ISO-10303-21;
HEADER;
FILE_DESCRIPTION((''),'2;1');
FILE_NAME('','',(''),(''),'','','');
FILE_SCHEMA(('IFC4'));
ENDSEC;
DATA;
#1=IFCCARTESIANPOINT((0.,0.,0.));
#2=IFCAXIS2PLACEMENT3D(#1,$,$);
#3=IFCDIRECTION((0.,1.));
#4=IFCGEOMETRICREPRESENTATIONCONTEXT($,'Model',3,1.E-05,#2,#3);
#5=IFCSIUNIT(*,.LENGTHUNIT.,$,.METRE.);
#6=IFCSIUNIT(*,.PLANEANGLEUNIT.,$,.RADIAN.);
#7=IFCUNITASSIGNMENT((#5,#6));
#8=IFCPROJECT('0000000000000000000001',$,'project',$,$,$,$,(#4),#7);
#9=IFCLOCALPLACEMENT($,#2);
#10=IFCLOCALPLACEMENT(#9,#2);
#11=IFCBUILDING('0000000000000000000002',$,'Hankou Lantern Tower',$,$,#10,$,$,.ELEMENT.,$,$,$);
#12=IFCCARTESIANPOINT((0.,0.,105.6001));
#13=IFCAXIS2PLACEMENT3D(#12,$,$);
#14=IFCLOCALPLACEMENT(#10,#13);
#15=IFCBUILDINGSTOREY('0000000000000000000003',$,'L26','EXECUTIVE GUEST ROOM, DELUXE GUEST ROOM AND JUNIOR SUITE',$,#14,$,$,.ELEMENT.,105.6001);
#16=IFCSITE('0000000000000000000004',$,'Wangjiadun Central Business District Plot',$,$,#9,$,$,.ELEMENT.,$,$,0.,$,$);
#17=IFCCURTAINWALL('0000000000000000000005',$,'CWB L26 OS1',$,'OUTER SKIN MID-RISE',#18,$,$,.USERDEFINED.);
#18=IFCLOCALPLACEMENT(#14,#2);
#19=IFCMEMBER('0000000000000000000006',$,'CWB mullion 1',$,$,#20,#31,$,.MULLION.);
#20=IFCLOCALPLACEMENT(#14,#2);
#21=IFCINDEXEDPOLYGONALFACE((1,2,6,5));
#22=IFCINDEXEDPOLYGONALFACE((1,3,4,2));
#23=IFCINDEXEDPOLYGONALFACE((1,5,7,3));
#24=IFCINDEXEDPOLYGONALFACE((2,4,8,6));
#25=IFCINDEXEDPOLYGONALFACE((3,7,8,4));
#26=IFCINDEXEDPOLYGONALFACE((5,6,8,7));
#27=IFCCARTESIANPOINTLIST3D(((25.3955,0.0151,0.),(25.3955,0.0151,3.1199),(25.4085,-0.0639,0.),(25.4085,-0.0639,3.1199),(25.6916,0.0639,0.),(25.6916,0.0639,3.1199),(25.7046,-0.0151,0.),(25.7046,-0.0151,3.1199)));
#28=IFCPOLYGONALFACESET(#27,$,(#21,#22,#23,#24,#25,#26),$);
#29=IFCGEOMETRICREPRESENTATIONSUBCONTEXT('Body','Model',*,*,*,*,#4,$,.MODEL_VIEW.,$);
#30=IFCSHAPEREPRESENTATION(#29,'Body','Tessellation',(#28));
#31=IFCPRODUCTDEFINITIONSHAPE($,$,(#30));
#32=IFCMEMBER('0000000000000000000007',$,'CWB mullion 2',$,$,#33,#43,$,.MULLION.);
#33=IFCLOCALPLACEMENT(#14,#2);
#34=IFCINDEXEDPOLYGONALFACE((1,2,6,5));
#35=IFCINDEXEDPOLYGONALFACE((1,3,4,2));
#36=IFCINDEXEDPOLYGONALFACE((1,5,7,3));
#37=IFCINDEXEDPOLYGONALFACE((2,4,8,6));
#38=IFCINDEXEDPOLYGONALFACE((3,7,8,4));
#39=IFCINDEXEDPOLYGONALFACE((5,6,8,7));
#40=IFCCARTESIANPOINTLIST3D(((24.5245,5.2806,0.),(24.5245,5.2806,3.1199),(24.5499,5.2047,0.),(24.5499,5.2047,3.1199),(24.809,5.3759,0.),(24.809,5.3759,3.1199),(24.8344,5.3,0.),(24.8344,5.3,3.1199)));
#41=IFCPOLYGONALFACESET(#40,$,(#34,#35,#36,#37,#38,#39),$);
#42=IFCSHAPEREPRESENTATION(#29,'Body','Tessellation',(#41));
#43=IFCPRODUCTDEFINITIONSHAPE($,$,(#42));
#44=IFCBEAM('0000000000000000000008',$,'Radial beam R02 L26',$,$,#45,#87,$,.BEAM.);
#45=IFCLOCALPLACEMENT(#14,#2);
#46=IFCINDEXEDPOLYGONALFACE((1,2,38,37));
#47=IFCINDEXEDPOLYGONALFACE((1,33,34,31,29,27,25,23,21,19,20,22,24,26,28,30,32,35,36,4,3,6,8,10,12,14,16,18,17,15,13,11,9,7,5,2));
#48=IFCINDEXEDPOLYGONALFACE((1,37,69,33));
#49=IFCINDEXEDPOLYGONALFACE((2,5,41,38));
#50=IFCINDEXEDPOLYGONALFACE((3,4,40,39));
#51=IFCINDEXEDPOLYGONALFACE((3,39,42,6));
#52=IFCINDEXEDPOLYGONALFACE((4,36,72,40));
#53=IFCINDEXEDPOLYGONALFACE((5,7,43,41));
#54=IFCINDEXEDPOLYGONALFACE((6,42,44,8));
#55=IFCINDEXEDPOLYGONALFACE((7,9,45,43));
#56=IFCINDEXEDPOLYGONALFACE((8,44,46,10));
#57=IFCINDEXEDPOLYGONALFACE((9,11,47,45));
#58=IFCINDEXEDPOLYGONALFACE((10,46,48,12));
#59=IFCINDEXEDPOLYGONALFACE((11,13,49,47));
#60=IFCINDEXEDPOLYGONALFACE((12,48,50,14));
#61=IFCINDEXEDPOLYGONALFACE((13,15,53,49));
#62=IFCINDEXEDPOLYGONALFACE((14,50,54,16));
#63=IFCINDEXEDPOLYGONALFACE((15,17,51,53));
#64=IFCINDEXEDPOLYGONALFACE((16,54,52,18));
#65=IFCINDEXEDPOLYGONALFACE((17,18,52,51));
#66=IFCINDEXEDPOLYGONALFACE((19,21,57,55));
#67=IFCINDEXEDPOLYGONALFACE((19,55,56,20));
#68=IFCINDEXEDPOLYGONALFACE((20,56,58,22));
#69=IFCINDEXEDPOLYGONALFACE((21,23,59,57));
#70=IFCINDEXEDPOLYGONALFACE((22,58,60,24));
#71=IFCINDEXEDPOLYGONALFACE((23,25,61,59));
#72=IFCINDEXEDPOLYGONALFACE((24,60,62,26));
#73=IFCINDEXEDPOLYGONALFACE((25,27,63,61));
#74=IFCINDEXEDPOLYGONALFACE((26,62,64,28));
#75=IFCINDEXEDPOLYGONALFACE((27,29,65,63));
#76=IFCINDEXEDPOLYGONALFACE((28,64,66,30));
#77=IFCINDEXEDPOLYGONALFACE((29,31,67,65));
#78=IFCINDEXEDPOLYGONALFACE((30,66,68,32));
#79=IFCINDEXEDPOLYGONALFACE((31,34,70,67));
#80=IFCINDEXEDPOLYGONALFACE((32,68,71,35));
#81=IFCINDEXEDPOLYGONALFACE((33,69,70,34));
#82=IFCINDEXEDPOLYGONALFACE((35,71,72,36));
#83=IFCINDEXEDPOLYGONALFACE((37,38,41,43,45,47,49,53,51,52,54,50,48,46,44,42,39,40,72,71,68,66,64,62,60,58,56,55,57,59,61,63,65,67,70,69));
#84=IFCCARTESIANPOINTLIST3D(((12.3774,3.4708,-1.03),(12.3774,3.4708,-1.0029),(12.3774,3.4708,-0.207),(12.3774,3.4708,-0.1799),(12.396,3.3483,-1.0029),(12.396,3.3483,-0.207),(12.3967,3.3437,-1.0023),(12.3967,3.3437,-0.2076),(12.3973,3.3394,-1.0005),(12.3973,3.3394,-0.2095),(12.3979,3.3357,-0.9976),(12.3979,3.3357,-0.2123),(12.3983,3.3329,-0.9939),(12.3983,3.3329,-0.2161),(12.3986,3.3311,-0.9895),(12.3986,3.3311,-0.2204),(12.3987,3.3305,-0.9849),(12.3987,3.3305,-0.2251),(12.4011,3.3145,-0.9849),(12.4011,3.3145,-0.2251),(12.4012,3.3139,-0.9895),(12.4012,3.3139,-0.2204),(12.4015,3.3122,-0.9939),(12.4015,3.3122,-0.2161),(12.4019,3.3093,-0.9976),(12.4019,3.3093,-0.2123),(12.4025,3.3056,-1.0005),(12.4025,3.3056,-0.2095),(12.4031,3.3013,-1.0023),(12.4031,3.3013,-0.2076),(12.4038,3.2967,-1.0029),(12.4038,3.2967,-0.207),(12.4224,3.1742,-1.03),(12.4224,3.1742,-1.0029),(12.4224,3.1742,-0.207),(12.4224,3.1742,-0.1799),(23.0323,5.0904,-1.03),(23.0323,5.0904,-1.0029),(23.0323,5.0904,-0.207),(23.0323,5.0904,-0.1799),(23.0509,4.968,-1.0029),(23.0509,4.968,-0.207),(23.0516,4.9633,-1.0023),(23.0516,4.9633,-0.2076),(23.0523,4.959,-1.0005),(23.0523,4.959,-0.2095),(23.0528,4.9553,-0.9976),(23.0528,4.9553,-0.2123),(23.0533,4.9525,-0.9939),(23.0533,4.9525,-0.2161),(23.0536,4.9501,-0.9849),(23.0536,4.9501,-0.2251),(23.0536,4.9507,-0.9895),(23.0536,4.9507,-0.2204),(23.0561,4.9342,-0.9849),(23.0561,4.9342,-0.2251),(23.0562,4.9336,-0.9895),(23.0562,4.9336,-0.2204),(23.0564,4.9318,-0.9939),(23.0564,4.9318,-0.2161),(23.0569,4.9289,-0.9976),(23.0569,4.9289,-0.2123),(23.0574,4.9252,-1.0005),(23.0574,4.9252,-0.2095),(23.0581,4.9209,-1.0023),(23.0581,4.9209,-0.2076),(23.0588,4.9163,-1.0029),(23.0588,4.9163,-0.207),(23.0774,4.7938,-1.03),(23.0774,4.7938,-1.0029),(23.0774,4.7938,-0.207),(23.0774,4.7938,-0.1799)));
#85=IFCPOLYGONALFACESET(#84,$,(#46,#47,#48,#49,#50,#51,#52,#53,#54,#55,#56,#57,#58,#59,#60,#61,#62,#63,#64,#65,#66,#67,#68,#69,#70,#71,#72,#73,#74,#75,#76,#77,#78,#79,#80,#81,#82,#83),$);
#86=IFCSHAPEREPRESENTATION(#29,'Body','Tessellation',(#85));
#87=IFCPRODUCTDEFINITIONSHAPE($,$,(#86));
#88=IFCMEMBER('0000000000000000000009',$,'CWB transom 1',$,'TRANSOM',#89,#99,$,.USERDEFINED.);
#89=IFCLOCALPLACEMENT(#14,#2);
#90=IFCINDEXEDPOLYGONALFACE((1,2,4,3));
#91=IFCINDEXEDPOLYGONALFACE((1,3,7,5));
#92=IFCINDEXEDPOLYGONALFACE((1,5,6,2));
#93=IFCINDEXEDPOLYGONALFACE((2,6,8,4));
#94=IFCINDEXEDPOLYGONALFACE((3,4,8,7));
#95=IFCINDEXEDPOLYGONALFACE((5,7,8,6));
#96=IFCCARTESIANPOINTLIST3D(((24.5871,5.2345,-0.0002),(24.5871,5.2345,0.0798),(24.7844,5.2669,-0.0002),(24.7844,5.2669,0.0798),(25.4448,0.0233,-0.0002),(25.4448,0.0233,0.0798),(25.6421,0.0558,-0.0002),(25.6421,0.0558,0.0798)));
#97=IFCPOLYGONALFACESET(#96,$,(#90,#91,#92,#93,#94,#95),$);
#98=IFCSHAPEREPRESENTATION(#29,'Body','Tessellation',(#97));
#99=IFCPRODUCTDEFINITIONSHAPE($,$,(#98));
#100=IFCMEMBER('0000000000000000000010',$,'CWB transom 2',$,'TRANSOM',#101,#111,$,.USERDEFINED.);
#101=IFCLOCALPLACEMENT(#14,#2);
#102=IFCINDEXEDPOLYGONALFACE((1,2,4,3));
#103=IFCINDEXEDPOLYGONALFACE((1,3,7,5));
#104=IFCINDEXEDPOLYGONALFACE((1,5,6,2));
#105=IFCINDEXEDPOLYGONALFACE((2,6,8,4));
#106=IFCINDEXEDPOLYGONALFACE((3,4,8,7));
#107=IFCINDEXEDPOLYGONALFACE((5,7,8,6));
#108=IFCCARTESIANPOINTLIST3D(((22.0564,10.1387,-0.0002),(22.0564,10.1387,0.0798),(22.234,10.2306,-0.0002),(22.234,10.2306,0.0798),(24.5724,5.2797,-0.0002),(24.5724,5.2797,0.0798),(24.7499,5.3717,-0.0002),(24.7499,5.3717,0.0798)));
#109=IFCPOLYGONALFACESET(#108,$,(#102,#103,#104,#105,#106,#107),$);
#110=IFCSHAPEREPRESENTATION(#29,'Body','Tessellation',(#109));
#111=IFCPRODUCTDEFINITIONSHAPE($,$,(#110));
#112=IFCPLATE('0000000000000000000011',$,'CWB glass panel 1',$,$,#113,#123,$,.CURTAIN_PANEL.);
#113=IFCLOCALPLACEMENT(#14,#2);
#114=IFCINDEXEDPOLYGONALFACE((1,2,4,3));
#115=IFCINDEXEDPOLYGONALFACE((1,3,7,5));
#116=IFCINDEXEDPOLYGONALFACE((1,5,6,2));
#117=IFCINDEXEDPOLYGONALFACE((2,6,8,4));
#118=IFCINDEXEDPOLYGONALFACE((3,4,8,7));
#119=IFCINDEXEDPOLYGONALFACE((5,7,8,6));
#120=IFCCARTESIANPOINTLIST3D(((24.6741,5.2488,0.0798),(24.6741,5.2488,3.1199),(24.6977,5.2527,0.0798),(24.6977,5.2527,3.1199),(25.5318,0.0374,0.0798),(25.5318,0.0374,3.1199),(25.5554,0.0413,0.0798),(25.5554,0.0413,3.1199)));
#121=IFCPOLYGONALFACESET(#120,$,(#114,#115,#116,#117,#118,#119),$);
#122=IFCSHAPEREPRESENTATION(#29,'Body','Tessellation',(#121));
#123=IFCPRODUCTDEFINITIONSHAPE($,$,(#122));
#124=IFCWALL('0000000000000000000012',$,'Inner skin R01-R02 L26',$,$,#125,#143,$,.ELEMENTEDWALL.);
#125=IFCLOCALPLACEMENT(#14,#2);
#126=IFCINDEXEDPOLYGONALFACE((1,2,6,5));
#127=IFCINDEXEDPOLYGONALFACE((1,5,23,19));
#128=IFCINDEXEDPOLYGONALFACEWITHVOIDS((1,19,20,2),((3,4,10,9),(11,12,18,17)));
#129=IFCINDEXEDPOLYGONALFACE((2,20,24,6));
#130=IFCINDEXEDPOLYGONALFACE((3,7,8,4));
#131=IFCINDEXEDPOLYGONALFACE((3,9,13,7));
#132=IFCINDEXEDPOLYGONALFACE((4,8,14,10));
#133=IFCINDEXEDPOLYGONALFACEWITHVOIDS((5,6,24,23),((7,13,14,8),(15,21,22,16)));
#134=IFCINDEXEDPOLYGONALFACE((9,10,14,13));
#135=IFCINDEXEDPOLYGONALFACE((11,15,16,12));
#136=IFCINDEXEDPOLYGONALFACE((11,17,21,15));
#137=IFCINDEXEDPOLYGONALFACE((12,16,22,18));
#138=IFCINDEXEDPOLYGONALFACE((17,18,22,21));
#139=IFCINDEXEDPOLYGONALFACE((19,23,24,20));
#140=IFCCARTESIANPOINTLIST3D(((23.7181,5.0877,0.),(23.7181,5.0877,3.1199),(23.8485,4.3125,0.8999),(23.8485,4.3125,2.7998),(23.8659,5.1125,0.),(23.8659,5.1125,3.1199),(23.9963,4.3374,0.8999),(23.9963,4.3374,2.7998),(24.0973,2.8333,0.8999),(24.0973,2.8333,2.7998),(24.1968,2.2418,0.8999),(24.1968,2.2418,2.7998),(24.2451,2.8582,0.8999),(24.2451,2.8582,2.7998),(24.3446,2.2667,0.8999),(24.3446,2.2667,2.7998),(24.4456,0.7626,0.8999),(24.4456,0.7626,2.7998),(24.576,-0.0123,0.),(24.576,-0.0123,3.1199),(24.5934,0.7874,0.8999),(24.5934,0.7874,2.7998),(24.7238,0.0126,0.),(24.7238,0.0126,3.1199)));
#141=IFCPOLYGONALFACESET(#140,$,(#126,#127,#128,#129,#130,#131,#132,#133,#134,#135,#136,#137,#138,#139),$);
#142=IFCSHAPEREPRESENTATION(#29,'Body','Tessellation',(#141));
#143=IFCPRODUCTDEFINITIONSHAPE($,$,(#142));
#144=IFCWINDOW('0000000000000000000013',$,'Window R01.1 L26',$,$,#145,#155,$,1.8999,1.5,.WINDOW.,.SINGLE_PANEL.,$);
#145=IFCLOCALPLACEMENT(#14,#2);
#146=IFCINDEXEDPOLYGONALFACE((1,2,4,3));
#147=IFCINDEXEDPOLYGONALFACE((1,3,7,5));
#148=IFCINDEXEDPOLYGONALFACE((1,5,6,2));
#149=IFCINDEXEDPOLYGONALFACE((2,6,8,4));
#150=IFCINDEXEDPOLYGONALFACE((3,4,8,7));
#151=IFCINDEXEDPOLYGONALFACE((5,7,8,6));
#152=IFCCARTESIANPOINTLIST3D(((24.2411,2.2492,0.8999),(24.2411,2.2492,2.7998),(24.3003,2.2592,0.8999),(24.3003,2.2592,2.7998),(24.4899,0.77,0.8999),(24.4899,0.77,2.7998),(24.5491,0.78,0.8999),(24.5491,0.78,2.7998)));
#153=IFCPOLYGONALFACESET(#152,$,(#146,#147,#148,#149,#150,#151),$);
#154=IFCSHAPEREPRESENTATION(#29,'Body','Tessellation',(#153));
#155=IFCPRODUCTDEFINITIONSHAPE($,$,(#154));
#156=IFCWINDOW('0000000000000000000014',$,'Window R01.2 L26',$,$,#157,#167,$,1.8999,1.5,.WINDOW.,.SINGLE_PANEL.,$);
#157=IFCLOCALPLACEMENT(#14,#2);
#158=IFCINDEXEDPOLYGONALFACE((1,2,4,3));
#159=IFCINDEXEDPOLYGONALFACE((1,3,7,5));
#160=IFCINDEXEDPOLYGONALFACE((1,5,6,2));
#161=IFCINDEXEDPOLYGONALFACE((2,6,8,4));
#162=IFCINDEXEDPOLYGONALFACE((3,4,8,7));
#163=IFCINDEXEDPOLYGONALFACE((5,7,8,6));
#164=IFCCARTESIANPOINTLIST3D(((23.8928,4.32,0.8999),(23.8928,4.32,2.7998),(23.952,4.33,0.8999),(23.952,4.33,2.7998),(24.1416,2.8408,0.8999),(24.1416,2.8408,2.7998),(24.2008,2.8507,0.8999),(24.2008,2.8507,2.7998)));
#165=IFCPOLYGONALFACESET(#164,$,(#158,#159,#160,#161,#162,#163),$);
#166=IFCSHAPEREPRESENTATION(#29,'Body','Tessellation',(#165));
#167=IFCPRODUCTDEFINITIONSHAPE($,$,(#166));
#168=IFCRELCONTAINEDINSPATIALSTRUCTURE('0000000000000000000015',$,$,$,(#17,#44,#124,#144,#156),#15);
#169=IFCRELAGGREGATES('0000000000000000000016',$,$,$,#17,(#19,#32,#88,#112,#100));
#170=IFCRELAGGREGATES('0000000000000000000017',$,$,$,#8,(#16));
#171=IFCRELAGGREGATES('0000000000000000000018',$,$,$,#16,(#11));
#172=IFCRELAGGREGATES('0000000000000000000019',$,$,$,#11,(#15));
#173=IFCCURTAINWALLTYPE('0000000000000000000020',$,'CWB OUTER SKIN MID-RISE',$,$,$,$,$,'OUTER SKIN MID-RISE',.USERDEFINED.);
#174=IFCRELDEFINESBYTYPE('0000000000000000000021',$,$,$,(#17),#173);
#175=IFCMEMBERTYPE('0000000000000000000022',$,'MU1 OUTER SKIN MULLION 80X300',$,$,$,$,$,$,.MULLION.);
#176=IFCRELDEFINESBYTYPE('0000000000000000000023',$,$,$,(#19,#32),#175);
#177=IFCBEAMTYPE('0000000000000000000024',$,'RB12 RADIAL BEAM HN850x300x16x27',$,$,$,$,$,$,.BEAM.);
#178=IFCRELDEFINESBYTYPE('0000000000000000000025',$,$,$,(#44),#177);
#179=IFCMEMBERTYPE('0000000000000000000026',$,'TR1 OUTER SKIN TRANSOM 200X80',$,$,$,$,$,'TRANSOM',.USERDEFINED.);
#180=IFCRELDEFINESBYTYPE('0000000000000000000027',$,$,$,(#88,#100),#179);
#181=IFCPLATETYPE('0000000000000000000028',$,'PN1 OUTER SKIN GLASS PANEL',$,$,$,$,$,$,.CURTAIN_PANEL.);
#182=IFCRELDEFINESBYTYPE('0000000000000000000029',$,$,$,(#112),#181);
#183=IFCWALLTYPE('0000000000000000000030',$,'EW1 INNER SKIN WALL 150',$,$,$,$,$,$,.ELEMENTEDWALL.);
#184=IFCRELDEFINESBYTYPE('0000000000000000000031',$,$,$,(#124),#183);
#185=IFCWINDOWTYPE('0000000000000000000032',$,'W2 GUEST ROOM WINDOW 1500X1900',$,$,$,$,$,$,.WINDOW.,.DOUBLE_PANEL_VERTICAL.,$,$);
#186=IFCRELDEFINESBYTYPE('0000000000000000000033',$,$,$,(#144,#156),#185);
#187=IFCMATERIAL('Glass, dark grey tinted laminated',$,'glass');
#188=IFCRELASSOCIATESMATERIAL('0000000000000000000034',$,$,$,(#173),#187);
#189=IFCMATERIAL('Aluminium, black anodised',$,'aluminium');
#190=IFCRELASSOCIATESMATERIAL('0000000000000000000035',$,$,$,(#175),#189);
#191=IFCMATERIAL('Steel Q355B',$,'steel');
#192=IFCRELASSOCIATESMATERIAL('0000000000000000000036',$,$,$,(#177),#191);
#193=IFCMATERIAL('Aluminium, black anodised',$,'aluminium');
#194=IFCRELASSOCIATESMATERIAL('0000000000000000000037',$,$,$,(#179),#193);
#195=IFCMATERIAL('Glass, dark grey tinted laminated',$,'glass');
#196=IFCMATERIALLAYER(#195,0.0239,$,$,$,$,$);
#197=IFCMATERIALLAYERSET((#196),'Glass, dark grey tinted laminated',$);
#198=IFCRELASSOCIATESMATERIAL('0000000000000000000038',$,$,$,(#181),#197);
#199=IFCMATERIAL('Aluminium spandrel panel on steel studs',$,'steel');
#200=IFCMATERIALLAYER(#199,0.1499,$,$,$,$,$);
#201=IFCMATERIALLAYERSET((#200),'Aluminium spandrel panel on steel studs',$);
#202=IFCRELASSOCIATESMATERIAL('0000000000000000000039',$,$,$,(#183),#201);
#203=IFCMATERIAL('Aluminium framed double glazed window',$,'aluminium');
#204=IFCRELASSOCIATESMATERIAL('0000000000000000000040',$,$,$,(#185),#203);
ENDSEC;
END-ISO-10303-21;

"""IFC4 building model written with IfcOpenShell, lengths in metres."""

from ifc_helpers import new_model, si_unit, direction, frame, frame_2d, origin, origin_2d, place, context, subcontext, project, spatial, rectangle, i_section, extrude, material, layer, layer_set, material_profile, profile_set, type_object, element, fill, aggregate, save


model = new_model("IFC4")

# Units and contexts
model_context = context("Model", 3, precision=1e-05, world=origin(), true_north=direction((0.0, 1.0)))
body_context = subcontext(model_context, "Body", "Model", "MODEL_VIEW")
ifc_project = project(units=[si_unit("LENGTHUNIT", "METRE"), si_unit("PLANEANGLEUNIT", "RADIAN")], contexts=[model_context])

# Site, building, storey
site_placement = place(None, origin())
site = spatial("IfcSite", under=ifc_project, at=site_placement, Name="Wangjiadun Central Business District Plot", CompositionType="ELEMENT", RefElevation=0.0)
building_placement = place(site_placement, origin())
building = spatial("IfcBuilding", under=site, at=building_placement, Name="Hankou Lantern Tower", CompositionType="ELEMENT")
storey_placement = place(building_placement, frame((0.0, 0.0, 105.6001)))
storey = spatial("IfcBuildingStorey", under=building, at=storey_placement, Name="L26", Description="EXECUTIVE GUEST ROOM, DELUXE GUEST ROOM AND JUNIOR SUITE", CompositionType="ELEMENT", Elevation=105.6001)

# Curtain wall, members
ifc_material_1 = material(Name="Glass, dark grey tinted laminated", Category="glass")
curtain_wall_type = type_object("IfcCurtainWallType", Name="CWB OUTER SKIN MID-RISE", ElementType="OUTER SKIN MID-RISE", PredefinedType="USERDEFINED", material=ifc_material_1)
curtain_wall_placement = place(storey_placement, origin())
curtain_wall = element("IfcCurtainWall", 1, at=curtain_wall_placement, inside=storey, type_object=curtain_wall_type, Name="CWB L26 OS1", ObjectType="OUTER SKIN MID-RISE", PredefinedType="USERDEFINED")
ifc_material_2 = material(Name="Aluminium, black anodised", Category="aluminium")
ifc_material_profile_1 = material_profile(ifc_material_2, rectangle(XDim=0.0801, YDim=0.3, at=origin_2d()), Name="MU1 80X300")
ifc_profile_set_1 = profile_set([ifc_material_profile_1], Name="Aluminium, black anodised")
member_type_1 = type_object("IfcMemberType", Name="MU1 OUTER SKIN MULLION 80X300", PredefinedType="MULLION", material=ifc_profile_set_1)
member_1_placement = place(storey_placement, frame((25.55, 0.0, 0.0), z_axis=(0.0, 0.0, 1.0), x_axis=(-0.162382, 0.986728, 0.0)))
member_1 = element("IfcMember", 2, at=member_1_placement, type_object=member_type_1, Name="CWB mullion 1", PredefinedType="MULLION", context=body_context, shape_type="SweptSolid", body=[
    extrude(rectangle(XDim=0.0801, YDim=0.3, at=origin_2d()), origin(), (0.0, 0.0, 1.0), 3.1199),
])
member_2_placement = place(storey_placement, frame((24.6794, 5.2903, 0.0), z_axis=(0.0, 0.0, 1.0), x_axis=(-0.317596, 0.948226, 0.0)))
member_2 = element("IfcMember", 3, at=member_2_placement, type_object=member_type_1, Name="CWB mullion 2", PredefinedType="MULLION", context=body_context, shape_type="SweptSolid", body=[
    extrude(rectangle(XDim=0.0801, YDim=0.3, at=origin_2d()), origin(), (0.0, 0.0, 1.0), 3.1199),
])

# Beam
ifc_material_3 = material(Name="Steel Q355B", Category="steel")
ifc_material_profile_2 = material_profile(ifc_material_3, i_section(OverallWidth=0.3, OverallDepth=0.8501, WebThickness=0.0161, FlangeThickness=0.0271, FilletRadius=0.0181, at=origin_2d()), Name="HN850x300x16x27")
ifc_profile_set_2 = profile_set([ifc_material_profile_2], Name="Steel Q355B")
beam_type_1 = type_object("IfcBeamType", Name="RB12 RADIAL BEAM HN850x300x16x27", PredefinedType="BEAM", material=ifc_profile_set_2)
beam_1_placement = place(storey_placement, frame((12.3999, 3.3225, -0.605), z_axis=(0.988644, 0.15028, 0.0), x_axis=(-0.15028, 0.988644, 0.0)))
element("IfcBeam", 4, at=beam_1_placement, inside=storey, type_object=beam_type_1, Name="Radial beam R02 L26", PredefinedType="BEAM", context=body_context, shape_type="SweptSolid", body=[
    extrude(i_section(OverallWidth=0.3, OverallDepth=0.8501, WebThickness=0.0161, FlangeThickness=0.0271, FilletRadius=0.0181, at=origin_2d()), origin(), (0.0, 0.0, 1.0), 10.7773),
])

# Members
ifc_material_4 = material(Name="Aluminium, black anodised", Category="aluminium")
ifc_material_profile_3 = material_profile(ifc_material_4, rectangle(XDim=0.2, YDim=0.0801, at=origin_2d()), Name="TR1 200X80")
ifc_profile_set_3 = profile_set([ifc_material_profile_3], Name="Aluminium, black anodised")
member_type_2 = type_object("IfcMemberType", Name="TR1 OUTER SKIN TRANSOM 200X80", ElementType="TRANSOM", PredefinedType="USERDEFINED", material=ifc_profile_set_3)
member_3_placement = place(storey_placement, frame((25.5435, 0.0396, 0.0398), z_axis=(-0.162397, 0.986725, 0.0), x_axis=(-0.986725, -0.162397, 0.0)))
member_3 = element("IfcMember", 5, at=member_3_placement, type_object=member_type_2, Name="CWB transom 1", ObjectType="TRANSOM", PredefinedType="USERDEFINED", context=body_context, shape_type="SweptSolid", body=[
    extrude(rectangle(XDim=0.2, YDim=0.0801, at=origin_2d()), origin(), (0.0, 0.0, 1.0), 5.2812),
])
member_4_placement = place(storey_placement, frame((24.6611, 5.3257, 0.0398), z_axis=(-0.459805, 0.88802, 0.0), x_axis=(-0.88802, -0.459805, 0.0)))
member_4 = element("IfcMember", 6, at=member_4_placement, type_object=member_type_2, Name="CWB transom 2", ObjectType="TRANSOM", PredefinedType="USERDEFINED", context=body_context, shape_type="SweptSolid", body=[
    extrude(rectangle(XDim=0.2, YDim=0.0801, at=origin_2d()), origin(), (0.0, 0.0, 1.0), 5.4717),
])

# Plate
ifc_material_5 = material(Name="Glass, dark grey tinted laminated", Category="glass")
ifc_layer_1 = layer(ifc_material_5, 0.0239)
ifc_layer_set_1 = layer_set([ifc_layer_1], Name="Glass, dark grey tinted laminated")
plate_type = type_object("IfcPlateType", Name="PN1 OUTER SKIN GLASS PANEL", PredefinedType="CURTAIN_PANEL", material=ifc_layer_set_1)
plate_placement = place(storey_placement, frame((25.1147, 2.645, 0.0798), z_axis=(0.0, 0.0, 1.0), x_axis=(-0.162382, 0.986728, 0.0)))
plate = element("IfcPlate", 7, at=plate_placement, type_object=plate_type, Name="CWB glass panel 1", PredefinedType="CURTAIN_PANEL", context=body_context, shape_type="SweptSolid", body=[
    extrude(rectangle(XDim=5.2815, YDim=0.0239, at=origin_2d()), origin(), (0.0, 0.0, 1.0), 3.04),
])
aggregate(curtain_wall, [member_1, member_2, member_3, plate, member_4])

# Wall, openings, windows
ifc_material_6 = material(Name="Aluminium spandrel panel on steel studs", Category="steel")
ifc_layer_2 = layer(ifc_material_6, 0.1499)
ifc_layer_set_2 = layer_set([ifc_layer_2], Name="Aluminium spandrel panel on steel studs")
wall_type_1 = type_object("IfcWallType", Name="EW1 INNER SKIN WALL 150", PredefinedType="ELEMENTEDWALL", material=ifc_layer_set_2)
wall_1_placement = place(storey_placement, frame((24.6499, 0.0, 0.0), z_axis=(0.0, 0.0, 1.0), x_axis=(-0.165884, 0.986145, 0.0)))
wall_1 = element("IfcWall", 8, at=wall_1_placement, inside=storey, type_object=wall_type_1, Name="Inner skin R01-R02 L26", PredefinedType="ELEMENTEDWALL", context=body_context, shape_type="SweptSolid", body=[
    extrude(rectangle(XDim=5.1716, YDim=0.1499, at=frame_2d((2.5859, 0.0))), origin(), (0.0, 0.0, 1.0), 3.1199),
])
opening_1_placement = place(wall_1_placement, frame((0.7859, 0.0, 0.8999)))
opening_1 = element("IfcOpeningElement", 9, at=opening_1_placement, cuts=wall_1, PredefinedType="OPENING", context=body_context, shape_type="SweptSolid", body=[
    extrude(rectangle(XDim=1.5, YDim=1.8999, at=frame_2d((0.75, 0.95))), frame((0.0, 0.085, 0.0), z_axis=(0.0, -1.0, 0.0), x_axis=(1.0, 0.0, 0.0)), (0.0, 0.0, 1.0), 0.1699),
])
opening_2_placement = place(wall_1_placement, frame((2.8857, 0.0, 0.8999)))
opening_2 = element("IfcOpeningElement", 10, at=opening_2_placement, cuts=wall_1, PredefinedType="OPENING", context=body_context, shape_type="SweptSolid", body=[
    extrude(rectangle(XDim=1.5, YDim=1.8999, at=frame_2d((0.75, 0.95))), frame((0.0, 0.085, 0.0), z_axis=(0.0, -1.0, 0.0), x_axis=(1.0, 0.0, 0.0)), (0.0, 0.0, 1.0), 0.1699),
])
ifc_material_7 = material(Name="Aluminium framed double glazed window", Category="aluminium")
window_type = type_object("IfcWindowType", Name="W2 GUEST ROOM WINDOW 1500X1900", PartitioningType="DOUBLE_PANEL_VERTICAL", PredefinedType="WINDOW", material=ifc_material_7)
window_1_placement = place(opening_1_placement, origin())
window_1 = element("IfcWindow", 11, at=window_1_placement, inside=storey, type_object=window_type, Name="Window R01.1 L26", OverallHeight=1.8999, OverallWidth=1.5, PartitioningType="SINGLE_PANEL", PredefinedType="WINDOW", context=body_context, shape_type="SweptSolid", body=[
    extrude(rectangle(XDim=1.5, YDim=1.8999, at=frame_2d((0.75, 0.95))), frame((0.0, 0.03, 0.0), z_axis=(0.0, -1.0, 0.0), x_axis=(1.0, 0.0, 0.0)), (0.0, 0.0, 1.0), 0.0601),
])
fill(opening_1, window_1)
window_2_placement = place(opening_2_placement, origin())
window_2 = element("IfcWindow", 12, at=window_2_placement, inside=storey, type_object=window_type, Name="Window R01.2 L26", OverallHeight=1.8999, OverallWidth=1.5, PartitioningType="SINGLE_PANEL", PredefinedType="WINDOW", context=body_context, shape_type="SweptSolid", body=[
    extrude(rectangle(XDim=1.5, YDim=1.8999, at=frame_2d((0.75, 0.95))), frame((0.0, 0.03, 0.0), z_axis=(0.0, -1.0, 0.0), x_axis=(1.0, 0.0, 0.0)), (0.0, 0.0, 1.0), 0.0601),
])
fill(opening_2, window_2)

save(model, "model.ifc")
